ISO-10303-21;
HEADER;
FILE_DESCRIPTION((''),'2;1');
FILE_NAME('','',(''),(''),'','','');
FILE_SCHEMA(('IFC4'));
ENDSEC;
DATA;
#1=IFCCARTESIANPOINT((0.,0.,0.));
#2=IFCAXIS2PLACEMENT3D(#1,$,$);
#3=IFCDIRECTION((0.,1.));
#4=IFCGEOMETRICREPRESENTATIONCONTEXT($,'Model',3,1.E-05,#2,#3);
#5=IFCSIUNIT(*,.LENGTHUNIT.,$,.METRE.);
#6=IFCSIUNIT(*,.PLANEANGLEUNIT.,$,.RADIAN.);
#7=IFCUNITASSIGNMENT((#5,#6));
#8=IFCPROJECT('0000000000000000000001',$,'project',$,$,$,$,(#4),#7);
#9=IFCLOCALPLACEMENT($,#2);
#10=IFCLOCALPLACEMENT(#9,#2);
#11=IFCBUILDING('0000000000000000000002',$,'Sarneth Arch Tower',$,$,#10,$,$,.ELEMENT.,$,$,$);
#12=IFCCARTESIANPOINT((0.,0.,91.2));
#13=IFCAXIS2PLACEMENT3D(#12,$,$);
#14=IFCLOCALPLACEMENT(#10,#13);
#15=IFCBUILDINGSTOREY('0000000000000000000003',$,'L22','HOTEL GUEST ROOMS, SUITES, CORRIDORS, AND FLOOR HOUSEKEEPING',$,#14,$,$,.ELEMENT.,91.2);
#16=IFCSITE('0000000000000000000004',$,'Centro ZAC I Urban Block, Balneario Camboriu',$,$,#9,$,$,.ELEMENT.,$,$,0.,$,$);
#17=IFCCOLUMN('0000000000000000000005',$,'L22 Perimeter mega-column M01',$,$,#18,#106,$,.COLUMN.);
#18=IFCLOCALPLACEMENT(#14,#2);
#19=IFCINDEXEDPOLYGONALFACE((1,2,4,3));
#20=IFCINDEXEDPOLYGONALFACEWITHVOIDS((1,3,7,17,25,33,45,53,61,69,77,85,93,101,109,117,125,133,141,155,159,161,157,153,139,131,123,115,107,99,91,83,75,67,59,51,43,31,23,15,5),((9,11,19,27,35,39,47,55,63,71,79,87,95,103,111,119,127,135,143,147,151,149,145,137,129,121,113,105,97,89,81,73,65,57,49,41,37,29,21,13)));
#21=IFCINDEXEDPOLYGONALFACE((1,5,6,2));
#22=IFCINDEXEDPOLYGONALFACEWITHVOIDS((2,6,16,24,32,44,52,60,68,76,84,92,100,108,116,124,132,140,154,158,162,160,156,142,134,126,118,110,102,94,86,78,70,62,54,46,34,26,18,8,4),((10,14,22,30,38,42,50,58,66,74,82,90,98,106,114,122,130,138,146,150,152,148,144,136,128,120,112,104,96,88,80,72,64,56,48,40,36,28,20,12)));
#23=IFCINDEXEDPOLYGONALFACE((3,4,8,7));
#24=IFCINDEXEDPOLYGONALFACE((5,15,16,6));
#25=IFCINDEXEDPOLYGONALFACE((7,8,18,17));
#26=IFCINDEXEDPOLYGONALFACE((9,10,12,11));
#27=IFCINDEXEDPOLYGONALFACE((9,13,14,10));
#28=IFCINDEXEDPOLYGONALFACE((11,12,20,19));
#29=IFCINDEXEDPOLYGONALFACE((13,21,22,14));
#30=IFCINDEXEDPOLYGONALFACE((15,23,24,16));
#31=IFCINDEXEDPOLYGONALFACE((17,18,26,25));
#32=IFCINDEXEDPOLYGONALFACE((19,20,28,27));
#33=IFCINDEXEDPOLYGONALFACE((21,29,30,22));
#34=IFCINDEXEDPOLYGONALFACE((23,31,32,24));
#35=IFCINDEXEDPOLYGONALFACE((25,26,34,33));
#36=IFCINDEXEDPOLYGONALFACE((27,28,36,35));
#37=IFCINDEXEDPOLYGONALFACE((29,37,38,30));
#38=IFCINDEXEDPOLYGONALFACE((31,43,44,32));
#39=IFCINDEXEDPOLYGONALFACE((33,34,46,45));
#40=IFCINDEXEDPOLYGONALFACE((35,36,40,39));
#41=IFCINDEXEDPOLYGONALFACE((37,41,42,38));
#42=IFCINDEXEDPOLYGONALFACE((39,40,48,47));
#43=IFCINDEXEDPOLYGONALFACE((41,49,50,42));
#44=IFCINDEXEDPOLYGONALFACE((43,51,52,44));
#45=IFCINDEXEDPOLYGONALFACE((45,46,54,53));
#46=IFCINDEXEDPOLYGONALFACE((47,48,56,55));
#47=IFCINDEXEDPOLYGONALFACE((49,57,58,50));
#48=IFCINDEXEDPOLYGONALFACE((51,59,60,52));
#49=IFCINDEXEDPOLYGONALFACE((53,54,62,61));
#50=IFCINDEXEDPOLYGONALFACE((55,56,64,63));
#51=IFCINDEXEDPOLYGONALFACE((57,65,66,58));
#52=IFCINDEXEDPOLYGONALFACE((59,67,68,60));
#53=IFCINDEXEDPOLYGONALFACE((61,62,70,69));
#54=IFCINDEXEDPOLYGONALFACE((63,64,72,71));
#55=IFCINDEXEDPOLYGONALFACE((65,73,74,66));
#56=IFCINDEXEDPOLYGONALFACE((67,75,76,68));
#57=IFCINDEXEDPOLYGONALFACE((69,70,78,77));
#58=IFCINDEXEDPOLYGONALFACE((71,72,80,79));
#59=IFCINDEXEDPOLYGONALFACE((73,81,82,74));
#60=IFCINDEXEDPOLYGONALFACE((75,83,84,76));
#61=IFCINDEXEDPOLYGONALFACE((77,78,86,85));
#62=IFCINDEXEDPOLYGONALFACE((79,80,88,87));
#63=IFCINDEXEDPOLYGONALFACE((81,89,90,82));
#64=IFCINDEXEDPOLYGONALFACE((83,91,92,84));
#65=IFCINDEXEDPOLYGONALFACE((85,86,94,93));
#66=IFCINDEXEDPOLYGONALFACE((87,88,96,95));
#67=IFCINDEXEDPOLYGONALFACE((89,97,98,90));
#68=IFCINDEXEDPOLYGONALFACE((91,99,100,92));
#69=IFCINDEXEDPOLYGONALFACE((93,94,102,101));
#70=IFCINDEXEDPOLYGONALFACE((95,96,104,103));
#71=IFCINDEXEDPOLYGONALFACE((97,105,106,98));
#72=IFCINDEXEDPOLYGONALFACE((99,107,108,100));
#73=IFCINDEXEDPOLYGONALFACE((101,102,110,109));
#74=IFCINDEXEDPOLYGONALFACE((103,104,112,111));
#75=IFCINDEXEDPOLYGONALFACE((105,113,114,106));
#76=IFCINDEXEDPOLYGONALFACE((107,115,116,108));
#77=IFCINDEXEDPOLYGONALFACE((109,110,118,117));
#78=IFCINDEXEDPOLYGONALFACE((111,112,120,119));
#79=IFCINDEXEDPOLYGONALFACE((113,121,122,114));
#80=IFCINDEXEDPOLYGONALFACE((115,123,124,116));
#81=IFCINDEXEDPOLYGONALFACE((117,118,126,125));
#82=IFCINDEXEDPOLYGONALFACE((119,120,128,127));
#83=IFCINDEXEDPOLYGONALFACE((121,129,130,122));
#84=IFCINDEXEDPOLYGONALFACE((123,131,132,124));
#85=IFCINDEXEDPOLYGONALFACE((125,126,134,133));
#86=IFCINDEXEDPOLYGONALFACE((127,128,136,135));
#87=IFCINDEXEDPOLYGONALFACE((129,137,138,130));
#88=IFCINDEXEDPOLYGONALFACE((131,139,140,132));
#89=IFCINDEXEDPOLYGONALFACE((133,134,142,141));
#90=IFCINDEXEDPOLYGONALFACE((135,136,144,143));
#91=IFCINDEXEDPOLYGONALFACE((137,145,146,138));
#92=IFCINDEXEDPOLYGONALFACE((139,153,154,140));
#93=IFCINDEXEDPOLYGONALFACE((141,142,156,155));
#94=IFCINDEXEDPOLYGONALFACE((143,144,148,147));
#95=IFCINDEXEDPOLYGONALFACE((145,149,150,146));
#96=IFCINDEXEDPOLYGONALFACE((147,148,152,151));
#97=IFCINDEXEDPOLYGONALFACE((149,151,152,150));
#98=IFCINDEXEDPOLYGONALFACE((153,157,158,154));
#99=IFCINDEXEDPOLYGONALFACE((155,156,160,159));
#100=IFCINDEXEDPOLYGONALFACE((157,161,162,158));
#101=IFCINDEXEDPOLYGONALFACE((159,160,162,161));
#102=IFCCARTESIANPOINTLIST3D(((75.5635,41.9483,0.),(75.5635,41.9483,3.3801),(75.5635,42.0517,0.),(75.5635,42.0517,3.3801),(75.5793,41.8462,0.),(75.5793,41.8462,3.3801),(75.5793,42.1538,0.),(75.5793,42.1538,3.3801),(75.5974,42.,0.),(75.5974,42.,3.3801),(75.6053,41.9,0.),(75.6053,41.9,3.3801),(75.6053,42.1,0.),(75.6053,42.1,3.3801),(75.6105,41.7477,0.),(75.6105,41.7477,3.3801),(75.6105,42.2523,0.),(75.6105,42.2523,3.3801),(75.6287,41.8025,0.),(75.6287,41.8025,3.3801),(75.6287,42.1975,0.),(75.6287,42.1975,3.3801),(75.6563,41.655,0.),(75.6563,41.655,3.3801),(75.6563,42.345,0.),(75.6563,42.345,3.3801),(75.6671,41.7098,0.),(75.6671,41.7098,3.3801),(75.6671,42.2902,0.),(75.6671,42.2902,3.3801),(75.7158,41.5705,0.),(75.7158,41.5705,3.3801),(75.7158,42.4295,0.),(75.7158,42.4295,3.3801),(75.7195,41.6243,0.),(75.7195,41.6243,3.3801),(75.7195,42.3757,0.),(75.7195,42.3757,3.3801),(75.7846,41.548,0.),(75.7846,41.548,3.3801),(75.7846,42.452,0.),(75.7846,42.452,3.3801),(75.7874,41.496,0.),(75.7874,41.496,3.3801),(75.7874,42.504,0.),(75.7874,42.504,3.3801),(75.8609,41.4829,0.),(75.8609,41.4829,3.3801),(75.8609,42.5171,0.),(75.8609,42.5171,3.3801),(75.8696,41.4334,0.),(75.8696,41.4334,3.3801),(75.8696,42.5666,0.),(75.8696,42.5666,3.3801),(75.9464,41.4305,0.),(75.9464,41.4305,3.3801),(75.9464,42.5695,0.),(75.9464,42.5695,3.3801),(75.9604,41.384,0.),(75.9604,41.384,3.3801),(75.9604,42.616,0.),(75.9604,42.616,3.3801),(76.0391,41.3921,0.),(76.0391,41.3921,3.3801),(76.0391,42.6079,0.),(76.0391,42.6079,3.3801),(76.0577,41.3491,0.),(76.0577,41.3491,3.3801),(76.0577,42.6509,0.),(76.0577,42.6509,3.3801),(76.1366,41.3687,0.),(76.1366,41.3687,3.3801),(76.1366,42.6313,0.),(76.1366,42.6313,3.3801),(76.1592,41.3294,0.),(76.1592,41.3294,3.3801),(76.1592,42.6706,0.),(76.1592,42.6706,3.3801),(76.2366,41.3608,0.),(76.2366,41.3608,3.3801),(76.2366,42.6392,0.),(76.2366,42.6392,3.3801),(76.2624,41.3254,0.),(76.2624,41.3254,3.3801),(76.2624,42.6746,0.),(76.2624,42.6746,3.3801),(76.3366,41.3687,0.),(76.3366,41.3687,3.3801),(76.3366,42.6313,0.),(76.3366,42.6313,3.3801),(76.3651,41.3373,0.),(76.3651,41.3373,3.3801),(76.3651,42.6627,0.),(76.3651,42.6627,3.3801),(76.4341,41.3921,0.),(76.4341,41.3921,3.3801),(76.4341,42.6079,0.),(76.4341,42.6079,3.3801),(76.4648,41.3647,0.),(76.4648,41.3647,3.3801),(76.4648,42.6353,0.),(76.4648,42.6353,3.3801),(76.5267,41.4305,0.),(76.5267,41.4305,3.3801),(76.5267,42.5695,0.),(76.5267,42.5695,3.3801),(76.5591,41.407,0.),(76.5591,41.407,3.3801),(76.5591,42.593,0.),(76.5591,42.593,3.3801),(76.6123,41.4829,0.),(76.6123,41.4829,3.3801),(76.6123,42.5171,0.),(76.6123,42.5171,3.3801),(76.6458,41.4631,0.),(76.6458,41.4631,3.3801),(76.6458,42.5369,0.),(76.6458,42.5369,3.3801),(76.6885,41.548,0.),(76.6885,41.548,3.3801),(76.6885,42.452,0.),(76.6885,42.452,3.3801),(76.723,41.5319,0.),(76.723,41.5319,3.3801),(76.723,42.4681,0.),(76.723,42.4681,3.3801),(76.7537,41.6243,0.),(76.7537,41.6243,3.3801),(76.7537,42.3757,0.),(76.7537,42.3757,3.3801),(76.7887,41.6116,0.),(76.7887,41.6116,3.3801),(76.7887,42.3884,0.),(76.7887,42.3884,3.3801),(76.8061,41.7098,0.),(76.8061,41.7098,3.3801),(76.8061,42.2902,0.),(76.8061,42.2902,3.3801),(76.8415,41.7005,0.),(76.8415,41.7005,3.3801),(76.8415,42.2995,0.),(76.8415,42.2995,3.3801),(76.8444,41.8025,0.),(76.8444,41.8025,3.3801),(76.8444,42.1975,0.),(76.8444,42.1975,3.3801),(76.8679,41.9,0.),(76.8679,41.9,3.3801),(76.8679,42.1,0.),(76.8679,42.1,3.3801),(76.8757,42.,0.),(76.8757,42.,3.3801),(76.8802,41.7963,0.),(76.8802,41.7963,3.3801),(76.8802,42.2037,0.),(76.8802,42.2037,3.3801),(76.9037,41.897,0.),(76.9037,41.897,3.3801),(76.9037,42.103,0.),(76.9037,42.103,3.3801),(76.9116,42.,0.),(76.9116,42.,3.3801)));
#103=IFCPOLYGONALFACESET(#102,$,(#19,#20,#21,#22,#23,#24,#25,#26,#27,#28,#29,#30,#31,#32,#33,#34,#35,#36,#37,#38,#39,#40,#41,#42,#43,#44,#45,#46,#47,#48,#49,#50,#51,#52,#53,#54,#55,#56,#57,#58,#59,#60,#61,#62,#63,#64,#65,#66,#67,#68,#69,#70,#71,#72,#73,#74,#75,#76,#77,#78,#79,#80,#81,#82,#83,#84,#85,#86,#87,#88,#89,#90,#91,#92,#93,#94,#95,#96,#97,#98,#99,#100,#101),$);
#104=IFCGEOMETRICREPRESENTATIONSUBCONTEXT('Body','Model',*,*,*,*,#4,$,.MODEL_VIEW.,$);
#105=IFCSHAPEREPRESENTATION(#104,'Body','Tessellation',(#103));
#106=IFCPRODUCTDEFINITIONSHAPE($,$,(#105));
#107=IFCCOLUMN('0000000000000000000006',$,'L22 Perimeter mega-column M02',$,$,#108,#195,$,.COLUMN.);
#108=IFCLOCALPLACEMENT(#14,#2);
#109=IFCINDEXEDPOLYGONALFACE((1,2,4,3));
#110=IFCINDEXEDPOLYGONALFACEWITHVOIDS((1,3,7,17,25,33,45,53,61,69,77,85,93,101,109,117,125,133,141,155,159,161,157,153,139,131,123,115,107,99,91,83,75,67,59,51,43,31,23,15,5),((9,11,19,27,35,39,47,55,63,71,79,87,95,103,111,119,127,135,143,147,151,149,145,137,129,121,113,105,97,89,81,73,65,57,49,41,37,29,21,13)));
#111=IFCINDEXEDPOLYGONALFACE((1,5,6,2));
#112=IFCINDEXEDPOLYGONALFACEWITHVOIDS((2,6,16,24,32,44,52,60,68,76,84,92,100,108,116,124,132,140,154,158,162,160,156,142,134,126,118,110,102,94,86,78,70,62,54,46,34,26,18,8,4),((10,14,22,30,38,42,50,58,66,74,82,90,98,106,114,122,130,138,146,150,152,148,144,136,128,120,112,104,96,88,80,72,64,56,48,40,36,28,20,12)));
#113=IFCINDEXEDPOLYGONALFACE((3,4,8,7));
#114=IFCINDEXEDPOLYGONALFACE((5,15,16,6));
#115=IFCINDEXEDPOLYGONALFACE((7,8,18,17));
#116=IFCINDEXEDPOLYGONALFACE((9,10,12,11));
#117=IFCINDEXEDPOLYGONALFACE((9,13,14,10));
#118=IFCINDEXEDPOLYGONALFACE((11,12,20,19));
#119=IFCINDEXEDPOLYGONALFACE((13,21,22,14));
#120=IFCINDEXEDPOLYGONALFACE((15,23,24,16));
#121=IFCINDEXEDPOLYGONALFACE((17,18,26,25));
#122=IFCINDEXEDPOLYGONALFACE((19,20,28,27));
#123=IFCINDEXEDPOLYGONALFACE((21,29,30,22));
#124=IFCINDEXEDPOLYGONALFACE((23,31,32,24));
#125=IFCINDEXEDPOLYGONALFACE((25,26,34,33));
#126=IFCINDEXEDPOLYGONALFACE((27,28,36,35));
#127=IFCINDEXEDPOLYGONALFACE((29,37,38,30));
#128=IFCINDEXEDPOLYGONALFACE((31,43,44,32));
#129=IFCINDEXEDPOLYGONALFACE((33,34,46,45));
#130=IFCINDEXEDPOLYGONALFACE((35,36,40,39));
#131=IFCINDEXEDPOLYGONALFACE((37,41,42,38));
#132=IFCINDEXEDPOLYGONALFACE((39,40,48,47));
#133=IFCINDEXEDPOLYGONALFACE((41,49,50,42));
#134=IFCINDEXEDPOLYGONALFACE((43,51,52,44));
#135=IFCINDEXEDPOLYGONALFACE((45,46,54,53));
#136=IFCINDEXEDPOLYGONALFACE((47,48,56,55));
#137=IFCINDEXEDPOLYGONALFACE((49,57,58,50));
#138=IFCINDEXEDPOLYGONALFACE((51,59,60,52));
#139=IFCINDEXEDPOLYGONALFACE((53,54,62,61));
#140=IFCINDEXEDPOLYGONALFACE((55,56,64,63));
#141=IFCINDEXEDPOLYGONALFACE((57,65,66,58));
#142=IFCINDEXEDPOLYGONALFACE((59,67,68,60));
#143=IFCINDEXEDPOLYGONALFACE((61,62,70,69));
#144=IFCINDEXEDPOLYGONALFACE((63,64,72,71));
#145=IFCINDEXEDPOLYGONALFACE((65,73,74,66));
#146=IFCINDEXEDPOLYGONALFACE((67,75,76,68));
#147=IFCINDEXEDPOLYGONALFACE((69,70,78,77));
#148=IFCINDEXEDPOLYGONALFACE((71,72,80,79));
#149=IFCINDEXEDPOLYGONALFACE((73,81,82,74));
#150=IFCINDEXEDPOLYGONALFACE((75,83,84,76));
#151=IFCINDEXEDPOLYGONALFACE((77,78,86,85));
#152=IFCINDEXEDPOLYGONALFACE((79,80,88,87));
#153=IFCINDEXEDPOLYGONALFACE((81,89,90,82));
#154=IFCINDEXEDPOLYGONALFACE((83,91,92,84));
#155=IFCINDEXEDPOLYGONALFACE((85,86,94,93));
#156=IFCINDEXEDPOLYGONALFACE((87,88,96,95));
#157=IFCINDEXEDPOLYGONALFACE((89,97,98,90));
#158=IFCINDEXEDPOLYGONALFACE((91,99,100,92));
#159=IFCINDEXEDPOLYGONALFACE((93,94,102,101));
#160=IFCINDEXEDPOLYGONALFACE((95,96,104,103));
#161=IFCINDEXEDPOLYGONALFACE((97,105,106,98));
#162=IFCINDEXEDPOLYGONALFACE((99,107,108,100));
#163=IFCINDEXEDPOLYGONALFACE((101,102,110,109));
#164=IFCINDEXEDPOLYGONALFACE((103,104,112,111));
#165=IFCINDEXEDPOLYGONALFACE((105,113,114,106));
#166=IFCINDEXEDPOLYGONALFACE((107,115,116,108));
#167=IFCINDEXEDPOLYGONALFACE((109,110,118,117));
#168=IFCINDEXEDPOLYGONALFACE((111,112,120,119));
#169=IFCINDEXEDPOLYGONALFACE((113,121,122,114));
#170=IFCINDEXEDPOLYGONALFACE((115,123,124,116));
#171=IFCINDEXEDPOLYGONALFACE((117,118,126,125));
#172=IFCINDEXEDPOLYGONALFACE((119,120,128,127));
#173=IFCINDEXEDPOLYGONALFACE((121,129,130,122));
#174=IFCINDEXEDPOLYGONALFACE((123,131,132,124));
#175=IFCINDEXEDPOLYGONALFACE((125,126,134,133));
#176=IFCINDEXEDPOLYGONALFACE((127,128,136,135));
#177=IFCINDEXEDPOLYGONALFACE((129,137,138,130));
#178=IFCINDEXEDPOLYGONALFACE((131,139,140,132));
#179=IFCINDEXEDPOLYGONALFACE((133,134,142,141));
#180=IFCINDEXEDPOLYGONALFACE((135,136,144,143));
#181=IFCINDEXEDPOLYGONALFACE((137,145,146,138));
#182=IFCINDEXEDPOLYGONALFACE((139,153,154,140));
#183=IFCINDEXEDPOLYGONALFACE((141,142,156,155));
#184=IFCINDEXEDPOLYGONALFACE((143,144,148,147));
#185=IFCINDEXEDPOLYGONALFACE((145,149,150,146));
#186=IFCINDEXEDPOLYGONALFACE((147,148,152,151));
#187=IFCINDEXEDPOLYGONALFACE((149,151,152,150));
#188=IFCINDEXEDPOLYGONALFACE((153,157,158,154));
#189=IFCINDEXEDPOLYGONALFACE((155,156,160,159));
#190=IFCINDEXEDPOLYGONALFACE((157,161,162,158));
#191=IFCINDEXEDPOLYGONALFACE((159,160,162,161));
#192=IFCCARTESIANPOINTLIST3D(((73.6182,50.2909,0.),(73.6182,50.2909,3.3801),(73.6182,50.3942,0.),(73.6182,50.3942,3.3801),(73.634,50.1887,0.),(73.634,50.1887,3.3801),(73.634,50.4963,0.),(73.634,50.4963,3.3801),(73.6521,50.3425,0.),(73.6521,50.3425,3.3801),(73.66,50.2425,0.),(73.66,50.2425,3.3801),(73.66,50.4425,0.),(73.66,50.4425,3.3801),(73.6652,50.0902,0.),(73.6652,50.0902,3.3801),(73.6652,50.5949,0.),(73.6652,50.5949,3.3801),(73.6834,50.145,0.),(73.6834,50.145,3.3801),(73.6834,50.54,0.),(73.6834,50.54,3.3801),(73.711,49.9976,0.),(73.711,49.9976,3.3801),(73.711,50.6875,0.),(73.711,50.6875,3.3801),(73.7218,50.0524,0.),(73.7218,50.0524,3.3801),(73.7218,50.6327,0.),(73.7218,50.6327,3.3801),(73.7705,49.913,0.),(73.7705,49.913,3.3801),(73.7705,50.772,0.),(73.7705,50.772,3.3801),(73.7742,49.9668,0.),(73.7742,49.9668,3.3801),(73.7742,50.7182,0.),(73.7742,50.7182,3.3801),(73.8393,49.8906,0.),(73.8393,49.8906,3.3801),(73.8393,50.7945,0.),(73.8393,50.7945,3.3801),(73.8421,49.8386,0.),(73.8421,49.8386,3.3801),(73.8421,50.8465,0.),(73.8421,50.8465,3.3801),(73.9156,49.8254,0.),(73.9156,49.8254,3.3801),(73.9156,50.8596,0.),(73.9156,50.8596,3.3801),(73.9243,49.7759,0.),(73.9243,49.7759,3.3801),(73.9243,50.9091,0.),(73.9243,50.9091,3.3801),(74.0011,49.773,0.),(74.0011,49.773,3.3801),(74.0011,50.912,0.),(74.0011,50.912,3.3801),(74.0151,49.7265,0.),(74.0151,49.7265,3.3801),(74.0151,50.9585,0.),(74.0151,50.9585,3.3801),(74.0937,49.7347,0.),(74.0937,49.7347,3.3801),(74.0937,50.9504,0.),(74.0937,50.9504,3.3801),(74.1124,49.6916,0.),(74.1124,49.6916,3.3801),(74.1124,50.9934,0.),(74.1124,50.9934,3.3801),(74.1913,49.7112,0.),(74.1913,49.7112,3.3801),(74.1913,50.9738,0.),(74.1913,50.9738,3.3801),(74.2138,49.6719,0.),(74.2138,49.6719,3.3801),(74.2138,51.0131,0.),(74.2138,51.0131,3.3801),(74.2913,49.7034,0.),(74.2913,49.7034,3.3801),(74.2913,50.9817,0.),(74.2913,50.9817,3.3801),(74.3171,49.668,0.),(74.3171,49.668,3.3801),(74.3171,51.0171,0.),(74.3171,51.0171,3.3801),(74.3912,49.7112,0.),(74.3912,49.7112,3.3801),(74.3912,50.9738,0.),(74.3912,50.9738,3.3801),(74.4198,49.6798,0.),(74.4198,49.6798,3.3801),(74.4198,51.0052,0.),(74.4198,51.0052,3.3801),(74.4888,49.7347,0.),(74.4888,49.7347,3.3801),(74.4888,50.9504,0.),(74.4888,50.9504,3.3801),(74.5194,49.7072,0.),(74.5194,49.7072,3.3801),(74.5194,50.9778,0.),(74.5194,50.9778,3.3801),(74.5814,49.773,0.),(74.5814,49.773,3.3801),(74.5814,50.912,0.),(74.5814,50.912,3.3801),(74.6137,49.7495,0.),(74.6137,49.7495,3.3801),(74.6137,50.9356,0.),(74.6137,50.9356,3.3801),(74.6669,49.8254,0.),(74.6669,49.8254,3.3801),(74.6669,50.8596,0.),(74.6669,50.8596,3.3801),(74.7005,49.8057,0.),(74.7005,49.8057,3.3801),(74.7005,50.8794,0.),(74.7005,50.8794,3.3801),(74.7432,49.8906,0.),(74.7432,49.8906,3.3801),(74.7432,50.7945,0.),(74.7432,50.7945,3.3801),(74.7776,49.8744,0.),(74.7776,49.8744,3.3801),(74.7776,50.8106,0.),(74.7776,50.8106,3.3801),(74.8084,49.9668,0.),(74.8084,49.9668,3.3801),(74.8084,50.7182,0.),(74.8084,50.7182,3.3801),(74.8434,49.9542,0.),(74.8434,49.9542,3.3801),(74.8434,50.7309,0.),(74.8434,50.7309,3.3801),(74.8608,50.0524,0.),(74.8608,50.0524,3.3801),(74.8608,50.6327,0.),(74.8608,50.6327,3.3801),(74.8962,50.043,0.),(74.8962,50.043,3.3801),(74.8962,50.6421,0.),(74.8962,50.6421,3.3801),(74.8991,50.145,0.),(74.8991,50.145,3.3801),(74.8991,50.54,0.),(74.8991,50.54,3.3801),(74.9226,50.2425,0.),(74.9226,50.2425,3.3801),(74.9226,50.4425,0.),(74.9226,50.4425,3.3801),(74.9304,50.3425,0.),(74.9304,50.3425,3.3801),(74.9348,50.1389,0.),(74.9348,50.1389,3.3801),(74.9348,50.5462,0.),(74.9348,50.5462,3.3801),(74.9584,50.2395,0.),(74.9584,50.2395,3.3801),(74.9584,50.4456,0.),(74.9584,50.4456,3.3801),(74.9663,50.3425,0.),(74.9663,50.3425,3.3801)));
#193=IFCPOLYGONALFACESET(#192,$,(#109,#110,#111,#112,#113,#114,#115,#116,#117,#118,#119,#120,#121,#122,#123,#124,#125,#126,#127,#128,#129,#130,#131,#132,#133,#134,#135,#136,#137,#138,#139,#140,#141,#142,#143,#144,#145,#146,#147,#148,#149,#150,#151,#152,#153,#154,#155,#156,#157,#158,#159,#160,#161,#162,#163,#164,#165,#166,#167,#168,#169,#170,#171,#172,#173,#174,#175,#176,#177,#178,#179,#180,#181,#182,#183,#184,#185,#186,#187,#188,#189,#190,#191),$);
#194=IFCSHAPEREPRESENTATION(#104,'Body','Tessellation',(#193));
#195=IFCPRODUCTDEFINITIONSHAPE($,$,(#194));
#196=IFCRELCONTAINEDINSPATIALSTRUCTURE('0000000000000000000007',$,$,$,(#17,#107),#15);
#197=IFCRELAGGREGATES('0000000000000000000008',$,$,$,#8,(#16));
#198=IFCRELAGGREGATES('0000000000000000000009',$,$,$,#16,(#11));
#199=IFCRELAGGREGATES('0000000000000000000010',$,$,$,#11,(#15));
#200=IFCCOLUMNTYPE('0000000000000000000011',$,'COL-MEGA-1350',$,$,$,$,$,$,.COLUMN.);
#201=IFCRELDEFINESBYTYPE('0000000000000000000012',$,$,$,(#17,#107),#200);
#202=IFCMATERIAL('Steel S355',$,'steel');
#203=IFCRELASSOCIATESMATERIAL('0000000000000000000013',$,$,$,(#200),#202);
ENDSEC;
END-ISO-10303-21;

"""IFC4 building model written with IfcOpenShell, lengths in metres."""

from ifc_helpers import new_model, si_unit, direction, frame, origin, origin_2d, place, context, subcontext, project, spatial, hollow_circle, extrude, material, material_profile, profile_set, type_object, element, save


model = new_model("IFC4")

# Units and contexts
model_context = context("Model", 3, precision=1e-05, world=origin(), true_north=direction((0.0, 1.0)))
body_context = subcontext(model_context, "Body", "Model", "MODEL_VIEW")
ifc_project = project(units=[si_unit("LENGTHUNIT", "METRE"), si_unit("PLANEANGLEUNIT", "RADIAN")], contexts=[model_context])

# Site, building, storey
site_placement = place(None, origin())
site = spatial("IfcSite", under=ifc_project, at=site_placement, Name="Centro ZAC I Urban Block, Balneario Camboriu", CompositionType="ELEMENT", RefElevation=0.0)
building_placement = place(site_placement, origin())
building = spatial("IfcBuilding", under=site, at=building_placement, Name="Sarneth Arch Tower", CompositionType="ELEMENT")
storey_placement = place(building_placement, frame((0.0, 0.0, 91.2)))
storey = spatial("IfcBuildingStorey", under=building, at=storey_placement, Name="L22", Description="HOTEL GUEST ROOMS, SUITES, CORRIDORS, AND FLOOR HOUSEKEEPING", CompositionType="ELEMENT", Elevation=91.2)

# Columns
ifc_material_1 = material(Name="Steel S355", Category="steel")
ifc_material_profile_1 = material_profile(ifc_material_1, hollow_circle(Radius=0.675, WallThickness=0.0359, at=origin_2d()), Name="CHS1350x36")
ifc_profile_set_1 = profile_set([ifc_material_profile_1], Name="Steel S355")
column_type = type_object("IfcColumnType", Name="COL-MEGA-1350", PredefinedType="COLUMN", material=ifc_profile_set_1)
for number, where, z_axis, x_axis, name in (
    (1, (76.2366, 42.0, 0.0), (0.0, 0.0, 1.0), (1.0, 0.0, 0.0), "L22 Perimeter mega-column M01"),
    (2, (74.2913, 50.3425, 0.0), (0.0, 0.0, 1.0), (1.0, 0.0, 0.0), "L22 Perimeter mega-column M02"),
):
    element("IfcColumn", number, at=place(storey_placement, frame(where, z_axis=z_axis, x_axis=x_axis)), inside=storey, type_object=column_type, Name=name, PredefinedType="COLUMN", context=body_context, shape_type="SweptSolid", body=[
        extrude(hollow_circle(Radius=0.675, WallThickness=0.0359, at=origin_2d()), origin(), (0.0, 0.0, 1.0), 3.3801),
    ])

save(model, "model.ifc")
